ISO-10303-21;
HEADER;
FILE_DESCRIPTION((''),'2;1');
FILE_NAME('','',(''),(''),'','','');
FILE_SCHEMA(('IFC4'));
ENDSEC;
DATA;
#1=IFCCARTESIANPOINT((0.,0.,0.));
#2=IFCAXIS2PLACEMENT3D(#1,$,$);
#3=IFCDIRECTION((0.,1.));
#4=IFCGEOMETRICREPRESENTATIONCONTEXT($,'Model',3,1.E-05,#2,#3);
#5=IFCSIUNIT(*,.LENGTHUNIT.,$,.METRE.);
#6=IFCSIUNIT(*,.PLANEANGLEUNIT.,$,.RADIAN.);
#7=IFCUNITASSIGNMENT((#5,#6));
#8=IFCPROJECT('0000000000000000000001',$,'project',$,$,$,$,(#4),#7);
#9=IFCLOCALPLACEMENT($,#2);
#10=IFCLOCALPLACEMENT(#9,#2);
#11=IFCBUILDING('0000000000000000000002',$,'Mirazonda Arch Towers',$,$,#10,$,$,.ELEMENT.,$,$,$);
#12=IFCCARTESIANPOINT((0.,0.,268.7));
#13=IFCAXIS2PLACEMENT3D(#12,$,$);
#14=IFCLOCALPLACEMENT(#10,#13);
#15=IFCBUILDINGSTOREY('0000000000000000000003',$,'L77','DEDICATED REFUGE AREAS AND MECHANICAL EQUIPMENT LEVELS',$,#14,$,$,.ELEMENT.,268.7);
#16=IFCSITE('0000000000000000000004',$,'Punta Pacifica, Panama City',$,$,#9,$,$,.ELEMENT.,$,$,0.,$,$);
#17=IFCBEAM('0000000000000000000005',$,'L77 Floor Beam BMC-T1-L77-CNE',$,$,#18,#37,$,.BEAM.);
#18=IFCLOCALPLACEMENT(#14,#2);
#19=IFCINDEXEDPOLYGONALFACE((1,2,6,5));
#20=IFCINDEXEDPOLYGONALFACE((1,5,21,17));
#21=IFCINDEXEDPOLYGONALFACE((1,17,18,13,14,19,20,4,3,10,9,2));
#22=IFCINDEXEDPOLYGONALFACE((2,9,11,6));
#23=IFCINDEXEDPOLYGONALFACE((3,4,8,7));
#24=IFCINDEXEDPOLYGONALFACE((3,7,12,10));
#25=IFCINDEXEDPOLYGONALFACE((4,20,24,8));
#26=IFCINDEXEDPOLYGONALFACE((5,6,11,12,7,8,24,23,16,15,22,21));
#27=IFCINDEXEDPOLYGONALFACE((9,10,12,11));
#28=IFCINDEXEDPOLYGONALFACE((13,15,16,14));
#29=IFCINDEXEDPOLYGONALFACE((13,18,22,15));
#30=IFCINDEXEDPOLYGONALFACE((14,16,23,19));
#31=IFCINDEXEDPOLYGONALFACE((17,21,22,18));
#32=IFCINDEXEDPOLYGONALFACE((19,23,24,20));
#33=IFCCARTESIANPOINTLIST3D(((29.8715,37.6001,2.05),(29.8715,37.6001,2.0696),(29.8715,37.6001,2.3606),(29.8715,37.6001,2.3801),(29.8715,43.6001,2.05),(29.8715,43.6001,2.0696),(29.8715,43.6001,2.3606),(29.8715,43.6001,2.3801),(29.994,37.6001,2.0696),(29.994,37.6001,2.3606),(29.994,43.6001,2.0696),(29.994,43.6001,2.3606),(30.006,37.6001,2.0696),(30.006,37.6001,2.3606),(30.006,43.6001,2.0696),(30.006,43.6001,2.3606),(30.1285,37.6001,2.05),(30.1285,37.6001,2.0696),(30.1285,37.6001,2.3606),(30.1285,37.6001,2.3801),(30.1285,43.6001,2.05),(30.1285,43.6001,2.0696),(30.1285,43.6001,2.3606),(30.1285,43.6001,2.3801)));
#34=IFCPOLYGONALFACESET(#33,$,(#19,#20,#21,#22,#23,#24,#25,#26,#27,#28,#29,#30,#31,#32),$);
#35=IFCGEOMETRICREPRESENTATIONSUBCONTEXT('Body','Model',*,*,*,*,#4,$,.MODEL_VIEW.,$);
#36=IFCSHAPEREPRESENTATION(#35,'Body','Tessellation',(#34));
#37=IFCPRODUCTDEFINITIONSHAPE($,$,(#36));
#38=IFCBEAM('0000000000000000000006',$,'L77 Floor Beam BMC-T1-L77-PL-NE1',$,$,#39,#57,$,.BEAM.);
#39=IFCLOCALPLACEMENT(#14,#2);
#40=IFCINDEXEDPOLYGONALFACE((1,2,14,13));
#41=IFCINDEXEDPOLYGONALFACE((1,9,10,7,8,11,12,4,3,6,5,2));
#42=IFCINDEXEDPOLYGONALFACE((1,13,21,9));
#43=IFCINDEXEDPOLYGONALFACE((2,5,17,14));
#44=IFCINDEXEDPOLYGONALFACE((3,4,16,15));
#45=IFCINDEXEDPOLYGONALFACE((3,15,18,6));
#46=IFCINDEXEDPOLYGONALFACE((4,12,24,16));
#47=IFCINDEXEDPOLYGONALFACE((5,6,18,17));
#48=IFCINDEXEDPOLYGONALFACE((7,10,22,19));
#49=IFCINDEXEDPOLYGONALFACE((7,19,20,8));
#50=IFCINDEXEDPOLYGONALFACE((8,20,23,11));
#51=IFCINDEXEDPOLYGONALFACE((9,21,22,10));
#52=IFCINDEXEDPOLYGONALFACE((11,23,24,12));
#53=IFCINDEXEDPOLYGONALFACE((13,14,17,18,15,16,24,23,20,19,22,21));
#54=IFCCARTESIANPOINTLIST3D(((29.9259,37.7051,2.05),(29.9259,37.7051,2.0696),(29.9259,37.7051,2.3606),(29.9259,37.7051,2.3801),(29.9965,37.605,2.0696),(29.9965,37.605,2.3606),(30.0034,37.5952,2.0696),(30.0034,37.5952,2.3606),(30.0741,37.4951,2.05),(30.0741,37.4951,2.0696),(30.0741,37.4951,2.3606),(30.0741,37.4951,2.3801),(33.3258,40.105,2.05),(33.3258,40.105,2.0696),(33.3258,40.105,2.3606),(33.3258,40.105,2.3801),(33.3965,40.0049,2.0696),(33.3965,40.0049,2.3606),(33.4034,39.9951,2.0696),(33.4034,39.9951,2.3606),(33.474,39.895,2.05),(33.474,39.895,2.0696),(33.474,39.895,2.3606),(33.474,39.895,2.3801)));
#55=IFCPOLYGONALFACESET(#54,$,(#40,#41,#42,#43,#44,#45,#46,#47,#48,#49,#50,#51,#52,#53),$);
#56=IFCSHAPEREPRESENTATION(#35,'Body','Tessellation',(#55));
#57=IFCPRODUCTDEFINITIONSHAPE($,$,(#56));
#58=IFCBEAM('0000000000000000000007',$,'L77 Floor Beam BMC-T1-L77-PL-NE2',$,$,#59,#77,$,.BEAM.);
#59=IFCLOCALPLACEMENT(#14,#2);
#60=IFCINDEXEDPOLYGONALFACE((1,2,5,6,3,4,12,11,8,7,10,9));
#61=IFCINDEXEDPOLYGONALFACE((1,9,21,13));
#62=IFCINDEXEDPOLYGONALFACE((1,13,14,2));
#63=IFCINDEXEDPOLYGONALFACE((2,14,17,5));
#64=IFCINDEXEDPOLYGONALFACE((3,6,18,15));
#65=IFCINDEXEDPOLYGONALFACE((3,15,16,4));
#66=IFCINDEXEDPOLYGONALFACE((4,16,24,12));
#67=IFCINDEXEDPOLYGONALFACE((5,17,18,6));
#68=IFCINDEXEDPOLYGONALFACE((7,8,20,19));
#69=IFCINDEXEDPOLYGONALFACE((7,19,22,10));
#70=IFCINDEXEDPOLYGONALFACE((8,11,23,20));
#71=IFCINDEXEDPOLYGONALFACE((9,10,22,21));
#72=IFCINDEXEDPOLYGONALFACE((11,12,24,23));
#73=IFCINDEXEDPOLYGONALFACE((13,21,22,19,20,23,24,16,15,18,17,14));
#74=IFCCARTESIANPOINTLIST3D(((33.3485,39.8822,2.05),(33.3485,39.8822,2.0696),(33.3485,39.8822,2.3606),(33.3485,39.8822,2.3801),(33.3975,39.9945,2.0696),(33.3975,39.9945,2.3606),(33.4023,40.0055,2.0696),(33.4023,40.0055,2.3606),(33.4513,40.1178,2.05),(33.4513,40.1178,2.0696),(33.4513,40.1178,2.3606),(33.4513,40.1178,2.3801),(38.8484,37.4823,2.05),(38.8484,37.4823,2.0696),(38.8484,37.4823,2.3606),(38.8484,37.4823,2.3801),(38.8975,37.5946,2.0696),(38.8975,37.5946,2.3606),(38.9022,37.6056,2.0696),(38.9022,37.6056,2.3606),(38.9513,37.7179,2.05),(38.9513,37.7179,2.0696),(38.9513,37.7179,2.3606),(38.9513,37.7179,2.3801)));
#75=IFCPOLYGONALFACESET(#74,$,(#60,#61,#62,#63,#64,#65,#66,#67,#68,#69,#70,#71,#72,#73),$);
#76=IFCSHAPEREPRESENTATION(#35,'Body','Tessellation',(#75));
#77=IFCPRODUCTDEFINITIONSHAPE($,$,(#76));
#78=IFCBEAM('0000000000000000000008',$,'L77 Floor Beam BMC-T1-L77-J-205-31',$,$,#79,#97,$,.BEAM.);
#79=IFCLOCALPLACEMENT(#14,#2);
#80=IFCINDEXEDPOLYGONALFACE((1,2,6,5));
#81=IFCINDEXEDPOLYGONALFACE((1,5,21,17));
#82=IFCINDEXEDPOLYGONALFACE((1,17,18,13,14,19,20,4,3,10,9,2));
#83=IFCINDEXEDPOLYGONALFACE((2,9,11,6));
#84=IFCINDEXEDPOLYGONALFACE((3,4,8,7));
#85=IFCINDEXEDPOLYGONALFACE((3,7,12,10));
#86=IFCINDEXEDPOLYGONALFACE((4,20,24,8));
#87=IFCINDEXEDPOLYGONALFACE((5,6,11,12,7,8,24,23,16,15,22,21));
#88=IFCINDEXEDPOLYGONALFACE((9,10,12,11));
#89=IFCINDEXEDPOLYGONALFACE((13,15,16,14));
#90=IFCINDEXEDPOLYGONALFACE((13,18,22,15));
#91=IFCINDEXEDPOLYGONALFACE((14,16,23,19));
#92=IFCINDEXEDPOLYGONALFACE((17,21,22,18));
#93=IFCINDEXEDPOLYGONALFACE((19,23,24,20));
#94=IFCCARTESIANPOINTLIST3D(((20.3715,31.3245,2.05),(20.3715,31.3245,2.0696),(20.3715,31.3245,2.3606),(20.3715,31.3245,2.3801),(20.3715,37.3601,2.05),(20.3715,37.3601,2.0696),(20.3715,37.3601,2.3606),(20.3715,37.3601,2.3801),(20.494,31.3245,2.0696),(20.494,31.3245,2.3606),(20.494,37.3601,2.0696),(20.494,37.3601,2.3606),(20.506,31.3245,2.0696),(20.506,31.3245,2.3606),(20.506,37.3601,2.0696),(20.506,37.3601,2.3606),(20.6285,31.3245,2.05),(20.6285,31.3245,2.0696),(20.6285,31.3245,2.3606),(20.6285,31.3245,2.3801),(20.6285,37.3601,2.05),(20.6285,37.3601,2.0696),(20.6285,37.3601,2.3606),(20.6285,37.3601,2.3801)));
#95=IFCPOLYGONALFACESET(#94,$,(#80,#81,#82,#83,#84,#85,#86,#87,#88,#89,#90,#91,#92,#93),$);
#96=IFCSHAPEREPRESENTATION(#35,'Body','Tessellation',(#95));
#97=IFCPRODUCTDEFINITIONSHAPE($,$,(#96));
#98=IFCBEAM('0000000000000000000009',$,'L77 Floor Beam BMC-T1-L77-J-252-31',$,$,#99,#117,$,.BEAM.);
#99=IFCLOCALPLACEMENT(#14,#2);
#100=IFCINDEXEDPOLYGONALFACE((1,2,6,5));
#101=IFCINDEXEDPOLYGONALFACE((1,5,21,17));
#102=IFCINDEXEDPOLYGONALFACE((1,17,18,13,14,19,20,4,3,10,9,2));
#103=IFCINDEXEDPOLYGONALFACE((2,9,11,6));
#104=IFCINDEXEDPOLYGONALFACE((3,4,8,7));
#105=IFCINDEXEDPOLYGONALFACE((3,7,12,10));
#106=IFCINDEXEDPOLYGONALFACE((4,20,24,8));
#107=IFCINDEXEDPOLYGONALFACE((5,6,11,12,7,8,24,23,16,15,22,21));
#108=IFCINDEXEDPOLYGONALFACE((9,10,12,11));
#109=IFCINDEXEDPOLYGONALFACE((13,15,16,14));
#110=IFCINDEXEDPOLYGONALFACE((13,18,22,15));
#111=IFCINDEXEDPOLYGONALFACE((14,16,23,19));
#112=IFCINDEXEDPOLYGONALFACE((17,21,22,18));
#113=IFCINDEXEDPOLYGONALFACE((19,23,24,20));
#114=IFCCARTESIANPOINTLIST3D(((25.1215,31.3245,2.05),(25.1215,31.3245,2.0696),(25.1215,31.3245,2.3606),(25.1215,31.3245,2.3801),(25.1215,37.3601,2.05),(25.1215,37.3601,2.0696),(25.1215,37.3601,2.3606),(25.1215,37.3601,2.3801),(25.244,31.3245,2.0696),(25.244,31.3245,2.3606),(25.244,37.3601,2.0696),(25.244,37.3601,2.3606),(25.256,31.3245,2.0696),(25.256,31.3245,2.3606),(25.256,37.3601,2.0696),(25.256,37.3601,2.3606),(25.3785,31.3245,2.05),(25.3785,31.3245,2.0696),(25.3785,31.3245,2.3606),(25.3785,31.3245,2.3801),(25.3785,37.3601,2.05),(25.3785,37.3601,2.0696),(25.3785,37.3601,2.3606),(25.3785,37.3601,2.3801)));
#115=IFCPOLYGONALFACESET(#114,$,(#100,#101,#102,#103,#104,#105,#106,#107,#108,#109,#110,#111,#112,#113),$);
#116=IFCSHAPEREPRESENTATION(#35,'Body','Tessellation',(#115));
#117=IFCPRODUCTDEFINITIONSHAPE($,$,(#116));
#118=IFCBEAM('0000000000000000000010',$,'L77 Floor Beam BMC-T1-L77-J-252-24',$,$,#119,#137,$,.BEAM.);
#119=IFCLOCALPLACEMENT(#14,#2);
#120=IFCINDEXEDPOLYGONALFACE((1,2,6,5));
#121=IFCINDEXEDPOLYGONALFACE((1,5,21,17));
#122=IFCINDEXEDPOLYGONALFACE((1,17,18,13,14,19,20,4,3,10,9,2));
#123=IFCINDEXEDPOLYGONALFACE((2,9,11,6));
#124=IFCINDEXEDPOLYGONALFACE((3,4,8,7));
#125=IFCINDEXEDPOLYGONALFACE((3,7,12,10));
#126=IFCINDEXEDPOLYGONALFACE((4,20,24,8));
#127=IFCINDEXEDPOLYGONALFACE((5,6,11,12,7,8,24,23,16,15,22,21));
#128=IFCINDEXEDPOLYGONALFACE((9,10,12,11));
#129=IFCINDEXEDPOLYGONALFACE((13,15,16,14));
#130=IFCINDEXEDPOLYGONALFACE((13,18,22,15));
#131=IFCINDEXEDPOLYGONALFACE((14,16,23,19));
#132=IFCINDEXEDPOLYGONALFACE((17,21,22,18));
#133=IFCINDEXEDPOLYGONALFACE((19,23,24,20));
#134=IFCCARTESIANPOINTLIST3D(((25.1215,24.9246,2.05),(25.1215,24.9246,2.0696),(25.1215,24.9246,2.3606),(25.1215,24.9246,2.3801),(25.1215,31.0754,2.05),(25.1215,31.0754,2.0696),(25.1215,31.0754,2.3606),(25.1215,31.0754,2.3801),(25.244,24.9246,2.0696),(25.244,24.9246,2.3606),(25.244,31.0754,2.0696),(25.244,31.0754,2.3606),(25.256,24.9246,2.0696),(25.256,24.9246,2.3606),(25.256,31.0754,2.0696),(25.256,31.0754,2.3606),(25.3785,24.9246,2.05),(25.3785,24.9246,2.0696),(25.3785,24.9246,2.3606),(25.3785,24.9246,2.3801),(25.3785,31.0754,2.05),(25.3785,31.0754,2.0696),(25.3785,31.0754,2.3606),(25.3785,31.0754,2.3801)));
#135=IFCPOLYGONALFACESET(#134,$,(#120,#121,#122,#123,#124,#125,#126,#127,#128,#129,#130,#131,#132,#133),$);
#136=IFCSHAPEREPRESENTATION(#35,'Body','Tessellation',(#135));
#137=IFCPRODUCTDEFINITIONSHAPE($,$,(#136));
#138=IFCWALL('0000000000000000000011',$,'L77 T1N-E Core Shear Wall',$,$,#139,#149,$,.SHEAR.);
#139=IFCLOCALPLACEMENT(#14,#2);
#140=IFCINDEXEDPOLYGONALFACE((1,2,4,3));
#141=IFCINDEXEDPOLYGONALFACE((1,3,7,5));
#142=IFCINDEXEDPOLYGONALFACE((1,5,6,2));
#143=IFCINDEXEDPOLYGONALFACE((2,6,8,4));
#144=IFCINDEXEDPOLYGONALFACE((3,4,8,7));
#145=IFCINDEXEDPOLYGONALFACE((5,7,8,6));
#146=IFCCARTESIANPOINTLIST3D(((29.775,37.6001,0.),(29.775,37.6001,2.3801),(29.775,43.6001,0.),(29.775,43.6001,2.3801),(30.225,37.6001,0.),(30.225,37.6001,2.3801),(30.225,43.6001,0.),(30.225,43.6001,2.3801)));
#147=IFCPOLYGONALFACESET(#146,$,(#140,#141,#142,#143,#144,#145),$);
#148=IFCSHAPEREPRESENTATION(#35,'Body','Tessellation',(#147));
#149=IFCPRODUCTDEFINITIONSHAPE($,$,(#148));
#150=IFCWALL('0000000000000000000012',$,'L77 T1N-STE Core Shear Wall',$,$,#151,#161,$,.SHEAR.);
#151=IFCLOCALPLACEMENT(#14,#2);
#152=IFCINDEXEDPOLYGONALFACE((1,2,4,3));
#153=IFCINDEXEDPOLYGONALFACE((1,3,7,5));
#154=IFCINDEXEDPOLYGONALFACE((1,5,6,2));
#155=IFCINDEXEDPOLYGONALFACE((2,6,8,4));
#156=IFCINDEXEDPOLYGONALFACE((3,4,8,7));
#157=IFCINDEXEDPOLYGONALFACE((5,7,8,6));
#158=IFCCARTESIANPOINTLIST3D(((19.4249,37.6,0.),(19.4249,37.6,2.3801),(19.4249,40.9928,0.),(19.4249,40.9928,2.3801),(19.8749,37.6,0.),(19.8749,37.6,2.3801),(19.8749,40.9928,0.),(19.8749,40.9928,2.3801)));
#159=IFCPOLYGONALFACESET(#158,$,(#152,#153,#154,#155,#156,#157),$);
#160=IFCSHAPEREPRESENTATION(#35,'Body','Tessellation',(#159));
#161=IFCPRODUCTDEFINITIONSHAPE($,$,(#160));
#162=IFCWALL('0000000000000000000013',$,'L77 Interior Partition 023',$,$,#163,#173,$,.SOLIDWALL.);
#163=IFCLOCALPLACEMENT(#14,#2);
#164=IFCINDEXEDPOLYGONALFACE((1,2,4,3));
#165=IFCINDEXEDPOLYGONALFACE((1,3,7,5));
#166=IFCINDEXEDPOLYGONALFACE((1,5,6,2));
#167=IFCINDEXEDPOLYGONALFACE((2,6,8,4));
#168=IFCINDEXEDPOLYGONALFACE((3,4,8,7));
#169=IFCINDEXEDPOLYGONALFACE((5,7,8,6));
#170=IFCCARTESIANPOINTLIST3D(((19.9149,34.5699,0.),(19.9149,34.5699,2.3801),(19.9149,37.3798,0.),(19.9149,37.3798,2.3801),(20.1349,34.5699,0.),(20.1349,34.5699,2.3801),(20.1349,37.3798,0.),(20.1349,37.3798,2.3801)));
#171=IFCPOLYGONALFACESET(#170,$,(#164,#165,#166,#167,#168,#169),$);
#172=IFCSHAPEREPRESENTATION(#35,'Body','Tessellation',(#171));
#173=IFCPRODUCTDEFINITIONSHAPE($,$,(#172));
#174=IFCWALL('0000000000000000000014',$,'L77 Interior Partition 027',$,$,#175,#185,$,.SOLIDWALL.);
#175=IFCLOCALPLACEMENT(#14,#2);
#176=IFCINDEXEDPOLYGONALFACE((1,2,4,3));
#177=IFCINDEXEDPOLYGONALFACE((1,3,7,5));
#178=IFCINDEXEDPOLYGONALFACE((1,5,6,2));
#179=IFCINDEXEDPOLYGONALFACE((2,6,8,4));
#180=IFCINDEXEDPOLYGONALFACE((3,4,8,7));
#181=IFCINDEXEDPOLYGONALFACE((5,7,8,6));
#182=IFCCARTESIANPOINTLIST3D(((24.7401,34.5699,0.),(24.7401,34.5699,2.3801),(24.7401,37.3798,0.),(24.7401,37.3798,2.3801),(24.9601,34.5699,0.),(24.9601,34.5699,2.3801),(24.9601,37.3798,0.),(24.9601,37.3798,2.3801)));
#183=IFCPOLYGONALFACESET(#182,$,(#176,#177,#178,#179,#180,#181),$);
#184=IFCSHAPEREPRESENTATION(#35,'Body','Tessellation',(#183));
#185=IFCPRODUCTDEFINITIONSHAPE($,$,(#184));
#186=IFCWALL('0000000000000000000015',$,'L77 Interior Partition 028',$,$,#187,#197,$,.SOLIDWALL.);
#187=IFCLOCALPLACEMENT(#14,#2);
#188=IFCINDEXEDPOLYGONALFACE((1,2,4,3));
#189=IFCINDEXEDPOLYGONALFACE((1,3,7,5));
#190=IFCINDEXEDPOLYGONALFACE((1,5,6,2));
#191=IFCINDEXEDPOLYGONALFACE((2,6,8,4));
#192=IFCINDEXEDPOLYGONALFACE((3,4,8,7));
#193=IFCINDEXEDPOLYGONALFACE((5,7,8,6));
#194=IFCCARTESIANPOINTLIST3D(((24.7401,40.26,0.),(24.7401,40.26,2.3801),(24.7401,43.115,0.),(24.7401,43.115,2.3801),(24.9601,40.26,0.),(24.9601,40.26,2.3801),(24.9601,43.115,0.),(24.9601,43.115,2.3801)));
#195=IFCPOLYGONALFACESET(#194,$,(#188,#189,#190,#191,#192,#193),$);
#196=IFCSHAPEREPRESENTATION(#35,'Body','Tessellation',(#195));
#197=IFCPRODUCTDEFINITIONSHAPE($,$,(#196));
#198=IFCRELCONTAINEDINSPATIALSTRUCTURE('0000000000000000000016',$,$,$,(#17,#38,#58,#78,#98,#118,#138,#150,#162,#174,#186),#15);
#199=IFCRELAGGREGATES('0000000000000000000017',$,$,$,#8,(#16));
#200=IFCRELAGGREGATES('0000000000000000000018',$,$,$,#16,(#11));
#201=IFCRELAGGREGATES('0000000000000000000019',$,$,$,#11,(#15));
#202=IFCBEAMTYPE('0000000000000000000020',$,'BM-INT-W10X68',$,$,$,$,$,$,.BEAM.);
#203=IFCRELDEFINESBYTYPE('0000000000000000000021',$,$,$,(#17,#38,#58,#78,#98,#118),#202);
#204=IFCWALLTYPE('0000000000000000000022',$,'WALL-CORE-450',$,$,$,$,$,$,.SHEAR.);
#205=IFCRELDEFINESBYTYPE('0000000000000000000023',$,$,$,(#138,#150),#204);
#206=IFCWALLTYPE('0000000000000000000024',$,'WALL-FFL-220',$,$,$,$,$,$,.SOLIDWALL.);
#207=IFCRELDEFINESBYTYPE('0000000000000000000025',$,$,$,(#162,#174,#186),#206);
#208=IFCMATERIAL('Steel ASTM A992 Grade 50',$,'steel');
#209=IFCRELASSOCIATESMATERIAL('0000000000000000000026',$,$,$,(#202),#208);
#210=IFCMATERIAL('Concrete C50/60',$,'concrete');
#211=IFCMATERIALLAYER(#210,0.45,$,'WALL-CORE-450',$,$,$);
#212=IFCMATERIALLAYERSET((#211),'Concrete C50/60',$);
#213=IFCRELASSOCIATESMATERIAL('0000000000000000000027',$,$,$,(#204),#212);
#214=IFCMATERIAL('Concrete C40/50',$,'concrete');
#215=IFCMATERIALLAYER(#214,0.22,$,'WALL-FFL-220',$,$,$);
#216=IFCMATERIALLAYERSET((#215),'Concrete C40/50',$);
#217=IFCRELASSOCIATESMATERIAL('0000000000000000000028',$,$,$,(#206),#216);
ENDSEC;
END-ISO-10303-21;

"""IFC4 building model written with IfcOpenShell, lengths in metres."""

from ifc_helpers import new_model, si_unit, direction, frame, frame_2d, origin, origin_2d, place, context, subcontext, project, spatial, rectangle, i_section, extrude, material, layer, layer_set, material_profile, profile_set, type_object, element, save


model = new_model("IFC4")

# Units and contexts
model_context = context("Model", 3, precision=1e-05, world=origin(), true_north=direction((0.0, 1.0)))
body_context = subcontext(model_context, "Body", "Model", "MODEL_VIEW")
ifc_project = project(units=[si_unit("LENGTHUNIT", "METRE"), si_unit("PLANEANGLEUNIT", "RADIAN")], contexts=[model_context])

# Site, building, storey
site_placement = place(None, origin())
site = spatial("IfcSite", under=ifc_project, at=site_placement, Name="Punta Pacifica, Panama City", CompositionType="ELEMENT", RefElevation=0.0)
building_placement = place(site_placement, origin())
building = spatial("IfcBuilding", under=site, at=building_placement, Name="Mirazonda Arch Towers", CompositionType="ELEMENT")
storey_placement = place(building_placement, frame((0.0, 0.0, 268.7)))
storey = spatial("IfcBuildingStorey", under=building, at=storey_placement, Name="L77", Description="DEDICATED REFUGE AREAS AND MECHANICAL EQUIPMENT LEVELS", CompositionType="ELEMENT", Elevation=268.7)

# Shared definitions
ifc_material_1 = material(Name="Concrete C50/60", Category="concrete")

# Beams
ifc_material_2 = material(Name="Steel ASTM A992 Grade 50", Category="steel")
ifc_material_profile_1 = material_profile(ifc_material_2, i_section(OverallWidth=0.2571, OverallDepth=0.3301, WebThickness=0.012, FlangeThickness=0.0195, at=origin_2d()), Name="W10X68")
ifc_profile_set_1 = profile_set([ifc_material_profile_1], Name="Steel ASTM A992 Grade 50")
beam_type_1 = type_object("IfcBeamType", Name="BM-INT-W10X68", PredefinedType="BEAM", material=ifc_profile_set_1)
beam_1_placement = place(storey_placement, frame((30.0, 37.6001, 2.2151), z_axis=(0.0, 1.0, 0.0), x_axis=(-1.0, 0.0, 0.0)))
element("IfcBeam", 1, at=beam_1_placement, inside=storey, type_object=beam_type_1, Name="L77 Floor Beam BMC-T1-L77-CNE", PredefinedType="BEAM", context=body_context, shape_type="SweptSolid", body=[
    extrude(i_section(OverallWidth=0.2571, OverallDepth=0.3301, WebThickness=0.012, FlangeThickness=0.0195, at=origin_2d()), origin(), (0.0, 0.0, 1.0), 6.0),
])
beam_2_placement = place(storey_placement, frame((33.3999, 40.0, 2.2151), z_axis=(-0.816971, -0.576679, 0.0), x_axis=(0.576679, -0.816971, 0.0)))
element("IfcBeam", 2, at=beam_2_placement, inside=storey, type_object=beam_type_1, Name="L77 Floor Beam BMC-T1-L77-PL-NE1", PredefinedType="BEAM", context=body_context, shape_type="SweptSolid", body=[
    extrude(i_section(OverallWidth=0.2571, OverallDepth=0.3301, WebThickness=0.012, FlangeThickness=0.0195, at=origin_2d()), origin(), (0.0, 0.0, 1.0), 4.1616),
])
beam_3_placement = place(storey_placement, frame((33.3999, 40.0, 2.2151), z_axis=(0.916545, -0.399931, 0.0), x_axis=(0.399931, 0.916545, 0.0)))
element("IfcBeam", 3, at=beam_3_placement, inside=storey, type_object=beam_type_1, Name="L77 Floor Beam BMC-T1-L77-PL-NE2", PredefinedType="BEAM", context=body_context, shape_type="SweptSolid", body=[
    extrude(i_section(OverallWidth=0.2571, OverallDepth=0.3301, WebThickness=0.012, FlangeThickness=0.0195, at=origin_2d()), origin(), (0.0, 0.0, 1.0), 6.0007),
])
for number, where, z_axis, x_axis, name in (
    (4, (20.5, 31.3245, 2.2151), (0.0, 1.0, 0.0), (-1.0, 0.0, 0.0), "L77 Floor Beam BMC-T1-L77-J-205-31"),
    (5, (25.25, 31.3245, 2.2151), (0.0, 1.0, 0.0), (-1.0, 0.0, 0.0), "L77 Floor Beam BMC-T1-L77-J-252-31"),
):
    element("IfcBeam", number, at=place(storey_placement, frame(where, z_axis=z_axis, x_axis=x_axis)), inside=storey, type_object=beam_type_1, Name=name, PredefinedType="BEAM", context=body_context, shape_type="SweptSolid", body=[
        extrude(i_section(OverallWidth=0.2571, OverallDepth=0.3301, WebThickness=0.012, FlangeThickness=0.0195, at=origin_2d()), origin(), (0.0, 0.0, 1.0), 6.0356),
    ])
beam_4_placement = place(storey_placement, frame((25.25, 24.9246, 2.2151), z_axis=(0.0, 1.0, 0.0), x_axis=(-1.0, 0.0, 0.0)))
element("IfcBeam", 6, at=beam_4_placement, inside=storey, type_object=beam_type_1, Name="L77 Floor Beam BMC-T1-L77-J-252-24", PredefinedType="BEAM", context=body_context, shape_type="SweptSolid", body=[
    extrude(i_section(OverallWidth=0.2571, OverallDepth=0.3301, WebThickness=0.012, FlangeThickness=0.0195, at=origin_2d()), origin(), (0.0, 0.0, 1.0), 6.1509),
])

# Walls
ifc_layer_1 = layer(ifc_material_1, 0.45, Name="WALL-CORE-450")
ifc_layer_set_1 = layer_set([ifc_layer_1], Name="Concrete C50/60")
wall_type_1 = type_object("IfcWallType", Name="WALL-CORE-450", PredefinedType="SHEAR", material=ifc_layer_set_1)
wall_1_placement = place(storey_placement, frame((30.0, 37.6001, 0.0), z_axis=(0.0, 0.0, 1.0), x_axis=(0.0, 1.0, 0.0)))
element("IfcWall", 7, at=wall_1_placement, inside=storey, type_object=wall_type_1, Name="L77 T1N-E Core Shear Wall", PredefinedType="SHEAR", context=body_context, shape_type="SweptSolid", body=[
    extrude(rectangle(XDim=6.0, YDim=0.45, at=frame_2d((3.0, 0.0))), origin(), (0.0, 0.0, 1.0), 2.3801),
])
wall_2_placement = place(storey_placement, frame((19.6499, 37.6001, 0.0), z_axis=(0.0, 0.0, 1.0), x_axis=(0.0, 1.0, 0.0)))
element("IfcWall", 8, at=wall_2_placement, inside=storey, type_object=wall_type_1, Name="L77 T1N-STE Core Shear Wall", PredefinedType="SHEAR", context=body_context, shape_type="SweptSolid", body=[
    extrude(rectangle(XDim=3.3928, YDim=0.45, at=frame_2d((1.6963, 0.0))), origin(), (0.0, 0.0, 1.0), 2.3801),
])
ifc_material_3 = material(Name="Concrete C40/50", Category="concrete")
ifc_layer_2 = layer(ifc_material_3, 0.22, Name="WALL-FFL-220")
ifc_layer_set_2 = layer_set([ifc_layer_2], Name="Concrete C40/50")
wall_type_2 = type_object("IfcWallType", Name="WALL-FFL-220", PredefinedType="SOLIDWALL", material=ifc_layer_set_2)
for number, where, z_axis, x_axis, name in (
    (9, (20.0249, 34.5701, 0.0), (0.0, 0.0, 1.0), (0.0, 1.0, 0.0), "L77 Interior Partition 023"),
    (10, (24.8501, 34.5701, 0.0), (0.0, 0.0, 1.0), (0.0, 1.0, 0.0), "L77 Interior Partition 027"),
):
    element("IfcWall", number, at=place(storey_placement, frame(where, z_axis=z_axis, x_axis=x_axis)), inside=storey, type_object=wall_type_2, Name=name, PredefinedType="SOLIDWALL", context=body_context, shape_type="SweptSolid", body=[
        extrude(rectangle(XDim=2.8098, YDim=0.22, at=frame_2d((1.4048, 0.0))), origin(), (0.0, 0.0, 1.0), 2.3801),
    ])
wall_3_placement = place(storey_placement, frame((24.8501, 40.26, 0.0), z_axis=(0.0, 0.0, 1.0), x_axis=(0.0, 1.0, 0.0)))
element("IfcWall", 11, at=wall_3_placement, inside=storey, type_object=wall_type_2, Name="L77 Interior Partition 028", PredefinedType="SOLIDWALL", context=body_context, shape_type="SweptSolid", body=[
    extrude(rectangle(XDim=2.855, YDim=0.22, at=frame_2d((1.4275, 0.0))), origin(), (0.0, 0.0, 1.0), 2.3801),
])

save(model, "model.ifc")
